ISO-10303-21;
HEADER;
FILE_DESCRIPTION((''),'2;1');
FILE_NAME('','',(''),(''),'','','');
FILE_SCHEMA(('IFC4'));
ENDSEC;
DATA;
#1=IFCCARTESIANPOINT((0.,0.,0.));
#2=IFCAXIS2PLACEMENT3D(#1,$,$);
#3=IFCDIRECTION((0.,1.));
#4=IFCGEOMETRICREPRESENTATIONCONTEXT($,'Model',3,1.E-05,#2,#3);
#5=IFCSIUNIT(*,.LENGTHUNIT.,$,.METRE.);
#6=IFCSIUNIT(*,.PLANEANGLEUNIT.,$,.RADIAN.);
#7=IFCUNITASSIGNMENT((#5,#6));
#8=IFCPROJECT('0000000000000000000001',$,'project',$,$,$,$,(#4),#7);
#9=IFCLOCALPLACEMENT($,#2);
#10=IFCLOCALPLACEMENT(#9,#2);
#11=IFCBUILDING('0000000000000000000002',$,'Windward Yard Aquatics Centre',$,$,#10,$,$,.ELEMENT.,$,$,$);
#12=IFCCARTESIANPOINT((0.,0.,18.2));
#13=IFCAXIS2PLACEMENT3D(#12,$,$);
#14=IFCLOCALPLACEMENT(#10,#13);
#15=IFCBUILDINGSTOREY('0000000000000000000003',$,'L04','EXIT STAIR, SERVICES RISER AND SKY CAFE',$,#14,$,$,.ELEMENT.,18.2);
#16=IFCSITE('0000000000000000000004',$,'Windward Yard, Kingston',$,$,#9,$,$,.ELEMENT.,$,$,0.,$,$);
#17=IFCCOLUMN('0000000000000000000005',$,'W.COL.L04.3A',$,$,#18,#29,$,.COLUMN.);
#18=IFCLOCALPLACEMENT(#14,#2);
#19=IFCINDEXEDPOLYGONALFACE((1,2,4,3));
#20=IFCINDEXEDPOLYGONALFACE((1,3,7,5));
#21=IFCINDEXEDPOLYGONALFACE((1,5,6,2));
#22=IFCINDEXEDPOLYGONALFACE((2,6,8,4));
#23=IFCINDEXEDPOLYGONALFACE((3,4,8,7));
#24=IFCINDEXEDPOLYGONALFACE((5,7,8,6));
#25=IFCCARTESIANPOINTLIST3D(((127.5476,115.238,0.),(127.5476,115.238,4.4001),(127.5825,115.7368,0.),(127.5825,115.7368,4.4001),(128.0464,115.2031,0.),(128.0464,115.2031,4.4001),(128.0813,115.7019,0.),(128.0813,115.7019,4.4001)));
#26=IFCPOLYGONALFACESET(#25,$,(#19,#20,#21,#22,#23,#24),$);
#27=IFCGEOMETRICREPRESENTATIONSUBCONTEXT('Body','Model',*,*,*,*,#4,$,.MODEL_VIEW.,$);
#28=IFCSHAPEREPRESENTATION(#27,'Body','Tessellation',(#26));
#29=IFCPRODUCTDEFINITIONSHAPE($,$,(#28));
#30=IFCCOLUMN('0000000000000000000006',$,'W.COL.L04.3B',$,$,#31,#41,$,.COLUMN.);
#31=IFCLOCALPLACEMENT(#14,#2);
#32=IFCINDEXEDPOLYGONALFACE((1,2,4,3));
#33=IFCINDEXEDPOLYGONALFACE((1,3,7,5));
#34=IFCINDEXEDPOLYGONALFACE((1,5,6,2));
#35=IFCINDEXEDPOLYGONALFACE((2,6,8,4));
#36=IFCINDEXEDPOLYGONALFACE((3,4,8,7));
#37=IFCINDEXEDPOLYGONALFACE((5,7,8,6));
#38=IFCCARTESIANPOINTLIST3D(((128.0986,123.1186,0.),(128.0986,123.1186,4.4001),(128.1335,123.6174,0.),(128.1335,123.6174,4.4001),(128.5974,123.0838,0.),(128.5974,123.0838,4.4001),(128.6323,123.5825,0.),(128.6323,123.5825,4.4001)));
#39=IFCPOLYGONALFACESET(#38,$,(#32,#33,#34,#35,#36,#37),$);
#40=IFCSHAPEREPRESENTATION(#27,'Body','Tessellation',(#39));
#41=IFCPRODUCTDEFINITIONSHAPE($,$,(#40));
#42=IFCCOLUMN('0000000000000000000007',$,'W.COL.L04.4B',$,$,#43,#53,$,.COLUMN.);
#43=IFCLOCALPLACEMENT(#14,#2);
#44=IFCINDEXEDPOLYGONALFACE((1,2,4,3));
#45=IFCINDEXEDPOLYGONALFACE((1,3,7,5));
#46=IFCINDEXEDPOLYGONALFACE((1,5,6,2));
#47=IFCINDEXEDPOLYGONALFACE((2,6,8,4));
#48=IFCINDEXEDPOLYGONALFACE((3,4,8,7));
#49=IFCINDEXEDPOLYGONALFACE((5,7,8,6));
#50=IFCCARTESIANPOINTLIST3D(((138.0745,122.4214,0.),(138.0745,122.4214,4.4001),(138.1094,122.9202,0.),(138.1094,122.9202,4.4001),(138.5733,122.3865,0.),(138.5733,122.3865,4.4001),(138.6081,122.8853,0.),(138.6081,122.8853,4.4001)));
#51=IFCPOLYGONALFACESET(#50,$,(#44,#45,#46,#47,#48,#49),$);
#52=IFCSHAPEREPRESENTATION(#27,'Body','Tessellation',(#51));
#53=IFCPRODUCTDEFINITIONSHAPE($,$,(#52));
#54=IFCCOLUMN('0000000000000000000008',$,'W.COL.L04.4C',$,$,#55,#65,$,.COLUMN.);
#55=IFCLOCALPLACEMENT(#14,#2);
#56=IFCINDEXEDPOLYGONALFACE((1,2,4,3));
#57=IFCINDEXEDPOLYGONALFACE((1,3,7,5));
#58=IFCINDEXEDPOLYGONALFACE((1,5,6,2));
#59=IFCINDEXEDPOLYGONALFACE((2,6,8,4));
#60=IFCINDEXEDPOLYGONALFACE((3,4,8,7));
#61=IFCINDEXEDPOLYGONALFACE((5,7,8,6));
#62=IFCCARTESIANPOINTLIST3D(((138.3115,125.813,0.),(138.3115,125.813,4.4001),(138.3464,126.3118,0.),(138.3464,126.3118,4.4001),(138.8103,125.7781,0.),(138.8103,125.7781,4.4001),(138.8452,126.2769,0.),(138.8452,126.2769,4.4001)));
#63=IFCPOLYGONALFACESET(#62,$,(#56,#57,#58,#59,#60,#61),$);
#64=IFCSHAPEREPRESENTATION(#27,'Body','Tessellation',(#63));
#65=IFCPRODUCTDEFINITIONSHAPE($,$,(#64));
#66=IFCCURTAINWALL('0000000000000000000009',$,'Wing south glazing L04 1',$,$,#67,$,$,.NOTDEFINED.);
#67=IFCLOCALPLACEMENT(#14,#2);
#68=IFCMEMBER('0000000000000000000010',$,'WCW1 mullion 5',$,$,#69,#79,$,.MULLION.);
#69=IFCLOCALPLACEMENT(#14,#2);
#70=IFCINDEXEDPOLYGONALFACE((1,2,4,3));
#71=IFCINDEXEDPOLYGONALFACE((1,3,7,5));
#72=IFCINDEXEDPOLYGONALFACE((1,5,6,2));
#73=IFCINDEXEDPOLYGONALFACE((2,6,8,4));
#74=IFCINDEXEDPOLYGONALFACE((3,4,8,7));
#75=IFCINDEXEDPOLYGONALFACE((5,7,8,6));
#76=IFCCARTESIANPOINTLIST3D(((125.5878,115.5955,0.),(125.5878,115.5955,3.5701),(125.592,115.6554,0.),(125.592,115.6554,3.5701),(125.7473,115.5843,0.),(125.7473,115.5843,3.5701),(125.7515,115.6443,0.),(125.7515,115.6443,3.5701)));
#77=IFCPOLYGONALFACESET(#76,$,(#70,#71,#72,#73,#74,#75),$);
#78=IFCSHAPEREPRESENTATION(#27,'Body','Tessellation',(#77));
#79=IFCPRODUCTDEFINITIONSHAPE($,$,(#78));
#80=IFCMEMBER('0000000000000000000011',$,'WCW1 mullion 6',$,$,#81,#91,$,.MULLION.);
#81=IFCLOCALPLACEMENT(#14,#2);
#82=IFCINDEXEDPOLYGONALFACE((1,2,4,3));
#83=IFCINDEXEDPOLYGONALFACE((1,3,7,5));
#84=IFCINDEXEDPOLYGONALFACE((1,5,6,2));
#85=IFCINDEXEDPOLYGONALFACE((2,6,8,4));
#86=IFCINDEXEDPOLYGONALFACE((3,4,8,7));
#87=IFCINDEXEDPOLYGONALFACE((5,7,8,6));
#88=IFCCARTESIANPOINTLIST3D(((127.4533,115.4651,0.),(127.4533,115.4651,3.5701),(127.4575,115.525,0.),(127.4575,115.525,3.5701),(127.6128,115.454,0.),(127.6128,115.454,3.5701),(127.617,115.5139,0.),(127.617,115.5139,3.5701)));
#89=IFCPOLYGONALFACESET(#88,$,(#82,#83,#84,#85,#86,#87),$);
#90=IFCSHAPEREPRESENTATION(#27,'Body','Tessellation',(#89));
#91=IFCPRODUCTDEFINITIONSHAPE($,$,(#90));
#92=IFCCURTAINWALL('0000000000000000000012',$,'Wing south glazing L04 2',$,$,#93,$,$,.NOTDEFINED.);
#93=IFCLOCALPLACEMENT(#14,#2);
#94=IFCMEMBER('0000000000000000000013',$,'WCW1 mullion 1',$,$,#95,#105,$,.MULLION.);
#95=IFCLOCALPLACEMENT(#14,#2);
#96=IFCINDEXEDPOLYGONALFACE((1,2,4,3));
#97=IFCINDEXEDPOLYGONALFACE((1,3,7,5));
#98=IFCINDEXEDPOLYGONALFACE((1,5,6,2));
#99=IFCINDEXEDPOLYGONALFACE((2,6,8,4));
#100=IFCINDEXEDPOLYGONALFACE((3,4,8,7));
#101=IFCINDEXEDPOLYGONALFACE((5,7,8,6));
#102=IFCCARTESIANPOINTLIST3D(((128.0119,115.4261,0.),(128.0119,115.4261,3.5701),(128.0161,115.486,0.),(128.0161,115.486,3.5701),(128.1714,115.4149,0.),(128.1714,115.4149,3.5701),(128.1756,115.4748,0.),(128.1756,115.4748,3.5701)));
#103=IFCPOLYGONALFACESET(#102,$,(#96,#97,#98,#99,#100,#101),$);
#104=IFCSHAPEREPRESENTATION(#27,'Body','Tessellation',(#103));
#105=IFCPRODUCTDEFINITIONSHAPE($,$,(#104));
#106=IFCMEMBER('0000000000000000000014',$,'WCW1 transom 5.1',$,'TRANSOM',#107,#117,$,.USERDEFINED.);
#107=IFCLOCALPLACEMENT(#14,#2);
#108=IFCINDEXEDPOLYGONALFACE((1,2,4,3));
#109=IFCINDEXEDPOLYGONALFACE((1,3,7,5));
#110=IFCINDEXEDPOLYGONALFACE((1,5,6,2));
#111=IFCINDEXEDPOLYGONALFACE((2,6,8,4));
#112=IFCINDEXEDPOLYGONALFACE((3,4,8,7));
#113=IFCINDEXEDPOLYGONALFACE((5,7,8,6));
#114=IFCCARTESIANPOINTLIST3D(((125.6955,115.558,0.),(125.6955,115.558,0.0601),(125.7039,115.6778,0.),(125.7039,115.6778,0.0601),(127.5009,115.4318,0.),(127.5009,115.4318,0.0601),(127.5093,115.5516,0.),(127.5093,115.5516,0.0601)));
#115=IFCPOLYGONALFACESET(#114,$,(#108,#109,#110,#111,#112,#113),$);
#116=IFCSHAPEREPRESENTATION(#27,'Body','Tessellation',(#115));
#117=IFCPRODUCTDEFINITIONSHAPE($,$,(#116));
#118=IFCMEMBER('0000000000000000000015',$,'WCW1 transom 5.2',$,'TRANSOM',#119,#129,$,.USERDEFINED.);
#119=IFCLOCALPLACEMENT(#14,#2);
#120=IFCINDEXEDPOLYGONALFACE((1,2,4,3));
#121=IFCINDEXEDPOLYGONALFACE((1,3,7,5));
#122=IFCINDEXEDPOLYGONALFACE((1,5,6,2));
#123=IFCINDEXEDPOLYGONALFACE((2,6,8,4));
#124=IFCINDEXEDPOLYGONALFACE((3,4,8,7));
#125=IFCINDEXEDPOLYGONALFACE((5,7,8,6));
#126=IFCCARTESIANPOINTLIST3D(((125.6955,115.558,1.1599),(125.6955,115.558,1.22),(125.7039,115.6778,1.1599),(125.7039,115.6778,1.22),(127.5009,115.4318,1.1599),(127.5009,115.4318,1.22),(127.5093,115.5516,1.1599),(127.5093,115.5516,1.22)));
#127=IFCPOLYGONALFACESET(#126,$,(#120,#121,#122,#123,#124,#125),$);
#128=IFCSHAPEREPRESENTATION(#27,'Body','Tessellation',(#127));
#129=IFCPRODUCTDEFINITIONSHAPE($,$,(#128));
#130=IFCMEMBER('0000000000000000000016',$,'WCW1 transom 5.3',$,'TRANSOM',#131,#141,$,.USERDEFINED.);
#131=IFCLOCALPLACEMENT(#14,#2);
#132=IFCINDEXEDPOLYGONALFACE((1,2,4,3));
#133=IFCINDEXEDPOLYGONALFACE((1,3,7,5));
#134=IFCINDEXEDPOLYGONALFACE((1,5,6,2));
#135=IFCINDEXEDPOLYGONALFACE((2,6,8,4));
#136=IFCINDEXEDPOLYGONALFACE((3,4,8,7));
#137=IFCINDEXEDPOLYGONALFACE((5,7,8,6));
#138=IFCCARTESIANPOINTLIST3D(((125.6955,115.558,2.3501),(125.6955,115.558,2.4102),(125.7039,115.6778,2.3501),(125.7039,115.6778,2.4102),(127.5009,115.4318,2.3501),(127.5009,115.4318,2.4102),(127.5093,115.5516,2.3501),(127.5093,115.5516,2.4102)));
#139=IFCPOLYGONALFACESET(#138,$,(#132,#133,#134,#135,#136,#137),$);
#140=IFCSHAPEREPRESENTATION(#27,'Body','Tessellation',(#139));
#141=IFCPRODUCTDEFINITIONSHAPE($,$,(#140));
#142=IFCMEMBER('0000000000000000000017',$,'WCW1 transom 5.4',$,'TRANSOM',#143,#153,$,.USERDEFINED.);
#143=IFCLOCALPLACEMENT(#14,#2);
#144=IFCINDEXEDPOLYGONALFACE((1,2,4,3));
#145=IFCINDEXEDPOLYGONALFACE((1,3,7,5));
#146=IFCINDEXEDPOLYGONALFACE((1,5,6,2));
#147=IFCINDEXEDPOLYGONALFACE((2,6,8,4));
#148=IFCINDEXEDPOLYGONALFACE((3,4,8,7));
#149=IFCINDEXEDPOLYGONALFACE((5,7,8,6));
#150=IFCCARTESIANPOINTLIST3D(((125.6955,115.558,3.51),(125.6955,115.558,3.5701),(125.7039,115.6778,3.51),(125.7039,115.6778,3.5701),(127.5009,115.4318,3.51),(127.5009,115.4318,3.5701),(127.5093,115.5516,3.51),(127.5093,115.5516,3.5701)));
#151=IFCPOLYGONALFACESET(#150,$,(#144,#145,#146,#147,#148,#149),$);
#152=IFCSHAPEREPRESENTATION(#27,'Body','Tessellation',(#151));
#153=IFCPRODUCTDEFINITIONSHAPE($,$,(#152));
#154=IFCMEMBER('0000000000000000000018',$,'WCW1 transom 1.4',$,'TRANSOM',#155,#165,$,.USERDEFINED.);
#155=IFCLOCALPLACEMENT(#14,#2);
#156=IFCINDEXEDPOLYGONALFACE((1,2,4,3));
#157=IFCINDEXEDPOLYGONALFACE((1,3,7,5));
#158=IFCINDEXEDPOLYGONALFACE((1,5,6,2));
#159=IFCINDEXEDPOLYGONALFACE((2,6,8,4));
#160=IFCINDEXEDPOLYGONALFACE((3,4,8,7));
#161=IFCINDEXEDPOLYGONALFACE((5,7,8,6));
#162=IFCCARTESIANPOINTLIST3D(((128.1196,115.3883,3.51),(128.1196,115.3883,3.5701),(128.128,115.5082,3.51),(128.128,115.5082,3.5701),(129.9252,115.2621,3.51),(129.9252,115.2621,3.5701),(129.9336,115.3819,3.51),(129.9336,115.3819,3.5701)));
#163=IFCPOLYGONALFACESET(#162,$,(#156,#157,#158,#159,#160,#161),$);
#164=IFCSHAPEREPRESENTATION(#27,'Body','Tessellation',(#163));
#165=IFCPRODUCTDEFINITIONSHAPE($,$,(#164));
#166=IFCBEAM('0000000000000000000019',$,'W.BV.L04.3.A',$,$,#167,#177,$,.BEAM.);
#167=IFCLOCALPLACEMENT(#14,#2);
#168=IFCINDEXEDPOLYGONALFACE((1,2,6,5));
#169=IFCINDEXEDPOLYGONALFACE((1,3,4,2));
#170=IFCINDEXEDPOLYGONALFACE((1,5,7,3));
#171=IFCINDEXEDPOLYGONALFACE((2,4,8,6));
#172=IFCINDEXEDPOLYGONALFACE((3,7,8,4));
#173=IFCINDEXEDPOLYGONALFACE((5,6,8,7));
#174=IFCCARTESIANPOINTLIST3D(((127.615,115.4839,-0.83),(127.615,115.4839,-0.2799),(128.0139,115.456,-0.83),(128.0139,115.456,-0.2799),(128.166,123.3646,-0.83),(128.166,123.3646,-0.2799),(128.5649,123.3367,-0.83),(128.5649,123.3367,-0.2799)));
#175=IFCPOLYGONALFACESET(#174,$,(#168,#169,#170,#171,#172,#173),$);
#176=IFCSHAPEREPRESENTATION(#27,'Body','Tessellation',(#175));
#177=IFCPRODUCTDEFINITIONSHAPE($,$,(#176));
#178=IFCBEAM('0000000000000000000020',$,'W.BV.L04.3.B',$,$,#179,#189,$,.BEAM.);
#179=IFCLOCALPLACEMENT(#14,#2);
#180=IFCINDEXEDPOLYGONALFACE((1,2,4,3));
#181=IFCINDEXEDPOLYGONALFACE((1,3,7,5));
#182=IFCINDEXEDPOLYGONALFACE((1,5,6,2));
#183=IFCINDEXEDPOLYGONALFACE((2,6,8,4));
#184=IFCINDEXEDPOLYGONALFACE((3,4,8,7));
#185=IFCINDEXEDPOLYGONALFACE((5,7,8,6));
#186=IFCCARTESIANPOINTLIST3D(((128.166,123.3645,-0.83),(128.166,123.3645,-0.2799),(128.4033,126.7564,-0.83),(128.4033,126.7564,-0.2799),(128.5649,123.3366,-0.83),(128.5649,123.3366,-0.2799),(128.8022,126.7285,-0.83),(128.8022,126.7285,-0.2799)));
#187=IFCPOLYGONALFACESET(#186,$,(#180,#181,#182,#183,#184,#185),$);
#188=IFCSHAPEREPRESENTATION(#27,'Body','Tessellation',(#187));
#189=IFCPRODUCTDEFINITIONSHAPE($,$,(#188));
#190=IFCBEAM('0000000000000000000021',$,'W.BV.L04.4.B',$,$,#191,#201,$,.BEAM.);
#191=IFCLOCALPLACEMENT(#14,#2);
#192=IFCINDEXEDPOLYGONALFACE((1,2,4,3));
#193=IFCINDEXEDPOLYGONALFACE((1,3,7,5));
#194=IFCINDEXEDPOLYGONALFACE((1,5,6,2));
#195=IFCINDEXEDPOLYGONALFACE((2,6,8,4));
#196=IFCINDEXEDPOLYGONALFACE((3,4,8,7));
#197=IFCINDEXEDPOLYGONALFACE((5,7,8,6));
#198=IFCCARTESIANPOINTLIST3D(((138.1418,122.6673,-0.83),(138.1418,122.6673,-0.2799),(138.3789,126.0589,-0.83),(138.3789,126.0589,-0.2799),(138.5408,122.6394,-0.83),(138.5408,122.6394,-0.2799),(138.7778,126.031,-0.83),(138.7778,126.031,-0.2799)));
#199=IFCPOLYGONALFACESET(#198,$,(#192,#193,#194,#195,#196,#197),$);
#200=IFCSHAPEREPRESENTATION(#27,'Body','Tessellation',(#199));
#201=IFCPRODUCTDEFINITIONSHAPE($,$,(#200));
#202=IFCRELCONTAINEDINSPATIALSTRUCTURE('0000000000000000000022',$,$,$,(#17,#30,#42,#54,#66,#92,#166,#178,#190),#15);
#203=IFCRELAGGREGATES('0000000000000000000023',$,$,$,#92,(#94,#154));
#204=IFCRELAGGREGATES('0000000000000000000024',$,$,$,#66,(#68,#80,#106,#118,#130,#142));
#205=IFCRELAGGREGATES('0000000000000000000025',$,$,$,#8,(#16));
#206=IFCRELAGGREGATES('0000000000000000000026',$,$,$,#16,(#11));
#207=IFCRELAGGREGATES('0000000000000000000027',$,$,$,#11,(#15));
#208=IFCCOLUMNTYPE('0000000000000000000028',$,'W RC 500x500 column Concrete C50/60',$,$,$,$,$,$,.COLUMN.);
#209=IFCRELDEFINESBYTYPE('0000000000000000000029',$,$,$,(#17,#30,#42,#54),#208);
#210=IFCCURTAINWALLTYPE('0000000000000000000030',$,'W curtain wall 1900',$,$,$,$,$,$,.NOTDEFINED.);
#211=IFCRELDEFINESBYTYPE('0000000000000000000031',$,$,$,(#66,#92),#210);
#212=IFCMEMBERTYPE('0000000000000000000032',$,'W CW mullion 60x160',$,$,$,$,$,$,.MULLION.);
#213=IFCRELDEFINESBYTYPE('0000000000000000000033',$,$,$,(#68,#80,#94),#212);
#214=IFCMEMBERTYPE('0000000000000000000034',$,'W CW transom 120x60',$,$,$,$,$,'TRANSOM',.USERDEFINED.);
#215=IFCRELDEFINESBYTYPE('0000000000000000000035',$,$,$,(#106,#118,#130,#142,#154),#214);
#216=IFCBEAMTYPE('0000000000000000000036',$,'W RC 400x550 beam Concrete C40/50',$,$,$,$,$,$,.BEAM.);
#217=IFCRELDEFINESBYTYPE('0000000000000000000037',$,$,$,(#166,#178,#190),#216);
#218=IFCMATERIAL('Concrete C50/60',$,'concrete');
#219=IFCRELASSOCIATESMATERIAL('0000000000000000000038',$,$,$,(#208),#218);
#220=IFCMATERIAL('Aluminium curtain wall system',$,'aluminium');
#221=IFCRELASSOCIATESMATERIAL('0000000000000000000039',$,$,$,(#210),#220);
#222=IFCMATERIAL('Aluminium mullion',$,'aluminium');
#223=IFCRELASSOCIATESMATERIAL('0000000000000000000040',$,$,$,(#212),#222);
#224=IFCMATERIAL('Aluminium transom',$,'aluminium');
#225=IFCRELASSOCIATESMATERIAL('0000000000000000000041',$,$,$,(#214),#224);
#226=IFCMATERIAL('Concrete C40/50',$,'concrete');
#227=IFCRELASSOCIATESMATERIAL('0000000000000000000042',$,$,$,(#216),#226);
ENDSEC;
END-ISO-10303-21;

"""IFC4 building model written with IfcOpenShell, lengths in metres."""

from ifc_helpers import new_model, si_unit, direction, frame, origin, origin_2d, place, context, subcontext, project, spatial, rectangle, extrude, material, material_profile, profile_set, type_object, element, aggregate, save


model = new_model("IFC4")

# Units and contexts
model_context = context("Model", 3, precision=1e-05, world=origin(), true_north=direction((0.0, 1.0)))
body_context = subcontext(model_context, "Body", "Model", "MODEL_VIEW")
ifc_project = project(units=[si_unit("LENGTHUNIT", "METRE"), si_unit("PLANEANGLEUNIT", "RADIAN")], contexts=[model_context])

# Site, building, storey
site_placement = place(None, origin())
site = spatial("IfcSite", under=ifc_project, at=site_placement, Name="Windward Yard, Kingston", CompositionType="ELEMENT", RefElevation=0.0)
building_placement = place(site_placement, origin())
building = spatial("IfcBuilding", under=site, at=building_placement, Name="Windward Yard Aquatics Centre", CompositionType="ELEMENT")
storey_placement = place(building_placement, frame((0.0, 0.0, 18.2)))
storey = spatial("IfcBuildingStorey", under=building, at=storey_placement, Name="L04", Description="EXIT STAIR, SERVICES RISER AND SKY CAFE", CompositionType="ELEMENT", Elevation=18.2)

# Columns
ifc_material_1 = material(Name="Concrete C50/60", Category="concrete")
ifc_material_profile_1 = material_profile(ifc_material_1, rectangle(XDim=0.5, YDim=0.5, at=origin_2d()), Name="RC 500x500")
ifc_profile_set_1 = profile_set([ifc_material_profile_1], Name="Concrete C50/60")
column_type = type_object("IfcColumnType", Name="W RC 500x500 column Concrete C50/60", PredefinedType="COLUMN", material=ifc_profile_set_1)
for number, where, z_axis, x_axis, name in (
    (1, (127.8145, 115.47, 0.0), (0.0, 0.0, 1.0), (0.997564, -0.069756, 0.0), "W.COL.L04.3A"),
    (2, (128.3655, 123.3506, 0.0), (0.0, 0.0, 1.0), (0.997564, -0.069756, 0.0), "W.COL.L04.3B"),
    (3, (138.3413, 122.6533, 0.0), (0.0, 0.0, 1.0), (0.997564, -0.069756, 0.0), "W.COL.L04.4B"),
    (4, (138.5784, 126.0449, 0.0), (0.0, 0.0, 1.0), (0.997564, -0.069756, 0.0), "W.COL.L04.4C"),
):
    element("IfcColumn", number, at=place(storey_placement, frame(where, z_axis=z_axis, x_axis=x_axis)), inside=storey, type_object=column_type, Name=name, PredefinedType="COLUMN", context=body_context, shape_type="SweptSolid", body=[
        extrude(rectangle(XDim=0.5, YDim=0.5, at=origin_2d()), origin(), (0.0, 0.0, 1.0), 4.4001),
    ])

# Curtain wall, members
ifc_material_2 = material(Name="Aluminium curtain wall system", Category="aluminium")
curtain_wall_type = type_object("IfcCurtainWallType", Name="W curtain wall 1900", PredefinedType="NOTDEFINED", material=ifc_material_2)
curtain_wall_1_placement = place(storey_placement, origin())
curtain_wall_1 = element("IfcCurtainWall", 5, at=curtain_wall_1_placement, inside=storey, type_object=curtain_wall_type, Name="Wing south glazing L04 1", PredefinedType="NOTDEFINED")
ifc_material_3 = material(Name="Aluminium mullion", Category="aluminium")
ifc_material_profile_2 = material_profile(ifc_material_3, rectangle(XDim=0.0601, YDim=0.1599, at=origin_2d()), Name="AL 60x160")
ifc_profile_set_2 = profile_set([ifc_material_profile_2], Name="Aluminium mullion")
member_type_1 = type_object("IfcMemberType", Name="W CW mullion 60x160", PredefinedType="MULLION", material=ifc_profile_set_2)
member_1_placement = place(storey_placement, frame((125.6697, 115.6199, 0.0), z_axis=(0.0, 0.0, 1.0), x_axis=(0.069758, 0.997564, 0.0)))
member_1 = element("IfcMember", 6, at=member_1_placement, type_object=member_type_1, Name="WCW1 mullion 5", PredefinedType="MULLION", context=body_context, shape_type="SweptSolid", body=[
    extrude(rectangle(XDim=0.0601, YDim=0.1599, at=origin_2d()), origin(), (0.0, 0.0, 1.0), 3.5701),
])
member_2_placement = place(storey_placement, frame((127.5352, 115.4895, 0.0), z_axis=(0.0, 0.0, 1.0), x_axis=(0.069758, 0.997564, 0.0)))
member_2 = element("IfcMember", 7, at=member_2_placement, type_object=member_type_1, Name="WCW1 mullion 6", PredefinedType="MULLION", context=body_context, shape_type="SweptSolid", body=[
    extrude(rectangle(XDim=0.0601, YDim=0.1599, at=origin_2d()), origin(), (0.0, 0.0, 1.0), 3.5701),
])

# Curtain wall, member
curtain_wall_2_placement = place(storey_placement, origin())
curtain_wall_2 = element("IfcCurtainWall", 8, at=curtain_wall_2_placement, inside=storey, type_object=curtain_wall_type, Name="Wing south glazing L04 2", PredefinedType="NOTDEFINED")
member_3_placement = place(storey_placement, frame((128.0938, 115.4504, 0.0), z_axis=(0.0, 0.0, 1.0), x_axis=(0.069758, 0.997564, 0.0)))
member_3 = element("IfcMember", 9, at=member_3_placement, type_object=member_type_1, Name="WCW1 mullion 1", PredefinedType="MULLION", context=body_context, shape_type="SweptSolid", body=[
    extrude(rectangle(XDim=0.0601, YDim=0.1599, at=origin_2d()), origin(), (0.0, 0.0, 1.0), 3.5701),
])

# Members
ifc_material_4 = material(Name="Aluminium transom", Category="aluminium")
ifc_material_profile_3 = material_profile(ifc_material_4, rectangle(XDim=0.1201, YDim=0.0601, at=origin_2d()), Name="AL 120x60")
ifc_profile_set_3 = profile_set([ifc_material_profile_3], Name="Aluminium transom")
member_type_2 = type_object("IfcMemberType", Name="W CW transom 120x60", ElementType="TRANSOM", PredefinedType="USERDEFINED", material=ifc_profile_set_3)
member_4_placement = place(storey_placement, frame((125.6997, 115.6179, 0.03), z_axis=(0.997565, -0.069742, 0.0), x_axis=(0.069742, 0.997565, 0.0)))
member_4 = element("IfcMember", 10, at=member_4_placement, type_object=member_type_2, Name="WCW1 transom 5.1", ObjectType="TRANSOM", PredefinedType="USERDEFINED", context=body_context, shape_type="SweptSolid", body=[
    extrude(rectangle(XDim=0.1201, YDim=0.0601, at=origin_2d()), origin(), (0.0, 0.0, 1.0), 1.8098),
])
member_5_placement = place(storey_placement, frame((125.6997, 115.6179, 1.1899), z_axis=(0.997565, -0.069742, 0.0), x_axis=(0.069742, 0.997565, 0.0)))
member_5 = element("IfcMember", 11, at=member_5_placement, type_object=member_type_2, Name="WCW1 transom 5.2", ObjectType="TRANSOM", PredefinedType="USERDEFINED", context=body_context, shape_type="SweptSolid", body=[
    extrude(rectangle(XDim=0.1201, YDim=0.0601, at=origin_2d()), origin(), (0.0, 0.0, 1.0), 1.8098),
])
member_6_placement = place(storey_placement, frame((125.6997, 115.6179, 2.3801), z_axis=(0.997565, -0.069742, 0.0), x_axis=(0.069742, 0.997565, 0.0)))
member_6 = element("IfcMember", 12, at=member_6_placement, type_object=member_type_2, Name="WCW1 transom 5.3", ObjectType="TRANSOM", PredefinedType="USERDEFINED", context=body_context, shape_type="SweptSolid", body=[
    extrude(rectangle(XDim=0.1201, YDim=0.0601, at=origin_2d()), origin(), (0.0, 0.0, 1.0), 1.8098),
])
member_7_placement = place(storey_placement, frame((125.6997, 115.6179, 3.54), z_axis=(0.997565, -0.069742, 0.0), x_axis=(0.069742, 0.997565, 0.0)))
member_7 = element("IfcMember", 13, at=member_7_placement, type_object=member_type_2, Name="WCW1 transom 5.4", ObjectType="TRANSOM", PredefinedType="USERDEFINED", context=body_context, shape_type="SweptSolid", body=[
    extrude(rectangle(XDim=0.1201, YDim=0.0601, at=origin_2d()), origin(), (0.0, 0.0, 1.0), 1.8098),
])
member_8_placement = place(storey_placement, frame((128.1238, 115.4482, 3.54), z_axis=(0.997566, -0.069732, 0.0), x_axis=(0.069732, 0.997566, 0.0)))
member_8 = element("IfcMember", 14, at=member_8_placement, type_object=member_type_2, Name="WCW1 transom 1.4", ObjectType="TRANSOM", PredefinedType="USERDEFINED", context=body_context, shape_type="SweptSolid", body=[
    extrude(rectangle(XDim=0.1201, YDim=0.0601, at=origin_2d()), origin(), (0.0, 0.0, 1.0), 1.8101),
])
aggregate(curtain_wall_2, [member_3, member_8])

# Beams
ifc_material_5 = material(Name="Concrete C40/50", Category="concrete")
ifc_material_profile_4 = material_profile(ifc_material_5, rectangle(XDim=0.3999, YDim=0.55, at=origin_2d()), Name="RC 400x550")
ifc_profile_set_4 = profile_set([ifc_material_profile_4], Name="Concrete C40/50")
beam_type_1 = type_object("IfcBeamType", Name="W RC 400x550 beam Concrete C40/50", PredefinedType="BEAM", material=ifc_profile_set_4)
beam_1_placement = place(storey_placement, frame((127.8145, 115.47, -0.5549), z_axis=(0.069751, 0.997564, 0.0), x_axis=(-0.997564, 0.069751, 0.0)))
element("IfcBeam", 15, at=beam_1_placement, inside=storey, type_object=beam_type_1, Name="W.BV.L04.3.A", PredefinedType="BEAM", context=body_context, shape_type="SweptSolid", body=[
    extrude(rectangle(XDim=0.3999, YDim=0.55, at=origin_2d()), origin(), (0.0, 0.0, 1.0), 7.8999),
])
beam_2_placement = place(storey_placement, frame((128.3655, 123.3506, -0.5549), z_axis=(0.069793, 0.997562, 0.0), x_axis=(-0.997562, 0.069793, 0.0)))
element("IfcBeam", 16, at=beam_2_placement, inside=storey, type_object=beam_type_1, Name="W.BV.L04.3.B", PredefinedType="BEAM", context=body_context, shape_type="SweptSolid", body=[
    extrude(rectangle(XDim=0.3999, YDim=0.55, at=origin_2d()), origin(), (0.0, 0.0, 1.0), 3.4001),
])
beam_3_placement = place(storey_placement, frame((138.3413, 122.6533, -0.5549), z_axis=(0.069726, 0.997566, 0.0), x_axis=(-0.997566, 0.069726, 0.0)))
element("IfcBeam", 17, at=beam_3_placement, inside=storey, type_object=beam_type_1, Name="W.BV.L04.4.B", PredefinedType="BEAM", context=body_context, shape_type="SweptSolid", body=[
    extrude(rectangle(XDim=0.3999, YDim=0.55, at=origin_2d()), origin(), (0.0, 0.0, 1.0), 3.3999),
])

aggregate(curtain_wall_1, [member_1, member_2, member_4, member_5, member_6, member_7])

save(model, "model.ifc")
